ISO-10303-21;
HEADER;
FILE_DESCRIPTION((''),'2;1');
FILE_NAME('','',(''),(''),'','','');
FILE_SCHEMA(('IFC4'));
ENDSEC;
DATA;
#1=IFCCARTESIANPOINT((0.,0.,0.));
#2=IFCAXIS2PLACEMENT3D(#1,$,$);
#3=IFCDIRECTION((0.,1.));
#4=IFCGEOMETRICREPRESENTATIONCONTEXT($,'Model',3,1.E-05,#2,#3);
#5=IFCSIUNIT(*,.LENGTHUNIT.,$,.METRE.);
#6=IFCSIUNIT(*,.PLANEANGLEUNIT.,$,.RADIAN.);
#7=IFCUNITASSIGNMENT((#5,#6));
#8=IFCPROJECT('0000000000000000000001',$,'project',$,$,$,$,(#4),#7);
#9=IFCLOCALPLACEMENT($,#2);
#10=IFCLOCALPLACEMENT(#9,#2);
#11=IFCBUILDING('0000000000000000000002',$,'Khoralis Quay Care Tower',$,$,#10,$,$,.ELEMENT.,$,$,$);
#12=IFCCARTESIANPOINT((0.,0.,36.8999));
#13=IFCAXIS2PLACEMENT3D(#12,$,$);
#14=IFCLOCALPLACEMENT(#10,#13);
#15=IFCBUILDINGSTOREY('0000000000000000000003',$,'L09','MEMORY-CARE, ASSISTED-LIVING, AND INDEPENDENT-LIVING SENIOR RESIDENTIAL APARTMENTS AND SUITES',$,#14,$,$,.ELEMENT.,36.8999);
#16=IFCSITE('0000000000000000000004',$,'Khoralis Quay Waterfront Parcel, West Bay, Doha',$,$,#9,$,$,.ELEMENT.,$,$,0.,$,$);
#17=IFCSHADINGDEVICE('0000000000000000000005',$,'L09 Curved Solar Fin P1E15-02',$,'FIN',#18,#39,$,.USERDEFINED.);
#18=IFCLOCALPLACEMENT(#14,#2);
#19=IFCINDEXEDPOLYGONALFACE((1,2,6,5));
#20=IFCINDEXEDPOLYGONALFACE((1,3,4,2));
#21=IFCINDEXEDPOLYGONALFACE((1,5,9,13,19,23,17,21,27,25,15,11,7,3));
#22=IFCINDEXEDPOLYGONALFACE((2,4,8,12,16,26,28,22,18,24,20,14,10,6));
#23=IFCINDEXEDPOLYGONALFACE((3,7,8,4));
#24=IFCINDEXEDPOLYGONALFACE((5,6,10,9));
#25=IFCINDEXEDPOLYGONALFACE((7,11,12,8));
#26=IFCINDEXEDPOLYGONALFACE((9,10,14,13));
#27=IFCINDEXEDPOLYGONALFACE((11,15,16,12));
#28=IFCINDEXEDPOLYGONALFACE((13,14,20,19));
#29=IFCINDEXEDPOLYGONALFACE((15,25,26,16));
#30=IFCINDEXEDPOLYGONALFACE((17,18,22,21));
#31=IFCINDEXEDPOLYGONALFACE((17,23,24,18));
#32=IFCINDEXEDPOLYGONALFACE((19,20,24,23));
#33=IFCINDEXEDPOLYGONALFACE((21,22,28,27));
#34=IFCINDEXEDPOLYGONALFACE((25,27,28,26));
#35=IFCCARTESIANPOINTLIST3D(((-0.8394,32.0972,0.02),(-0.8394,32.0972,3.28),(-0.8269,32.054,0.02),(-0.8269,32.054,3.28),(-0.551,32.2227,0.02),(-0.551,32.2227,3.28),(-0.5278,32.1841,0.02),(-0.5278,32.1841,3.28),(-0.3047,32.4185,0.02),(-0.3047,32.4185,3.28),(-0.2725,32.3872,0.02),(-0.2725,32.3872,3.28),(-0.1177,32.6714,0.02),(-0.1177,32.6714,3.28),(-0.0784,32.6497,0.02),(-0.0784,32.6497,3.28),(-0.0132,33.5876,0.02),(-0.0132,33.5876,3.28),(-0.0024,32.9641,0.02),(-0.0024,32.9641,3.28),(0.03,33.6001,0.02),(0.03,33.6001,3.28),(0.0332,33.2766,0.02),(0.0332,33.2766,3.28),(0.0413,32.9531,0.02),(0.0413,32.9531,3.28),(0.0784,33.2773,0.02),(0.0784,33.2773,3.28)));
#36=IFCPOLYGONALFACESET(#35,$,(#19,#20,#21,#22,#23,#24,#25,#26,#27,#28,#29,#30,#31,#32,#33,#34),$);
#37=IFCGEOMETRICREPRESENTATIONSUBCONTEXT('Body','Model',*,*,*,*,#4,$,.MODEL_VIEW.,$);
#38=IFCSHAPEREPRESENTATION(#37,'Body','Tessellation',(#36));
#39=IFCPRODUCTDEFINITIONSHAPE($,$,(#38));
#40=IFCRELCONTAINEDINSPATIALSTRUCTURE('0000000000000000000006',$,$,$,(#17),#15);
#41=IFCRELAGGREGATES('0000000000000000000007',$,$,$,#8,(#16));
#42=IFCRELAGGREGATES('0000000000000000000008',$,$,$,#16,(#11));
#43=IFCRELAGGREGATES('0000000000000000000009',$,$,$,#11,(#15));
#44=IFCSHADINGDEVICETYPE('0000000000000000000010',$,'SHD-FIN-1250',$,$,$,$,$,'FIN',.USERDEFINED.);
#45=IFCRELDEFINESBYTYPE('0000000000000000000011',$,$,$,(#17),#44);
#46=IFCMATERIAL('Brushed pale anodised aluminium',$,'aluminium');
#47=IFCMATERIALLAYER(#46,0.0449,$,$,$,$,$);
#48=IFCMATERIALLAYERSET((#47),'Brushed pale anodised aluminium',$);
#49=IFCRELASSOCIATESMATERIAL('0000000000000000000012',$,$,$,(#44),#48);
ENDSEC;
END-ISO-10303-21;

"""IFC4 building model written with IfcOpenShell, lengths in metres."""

from ifc_helpers import new_model, si_unit, direction, frame, origin, place, context, subcontext, project, spatial, polyline, outline, extrude, source, transform, mapped, material, layer, layer_set, type_object, element, save


model = new_model("IFC4")

# Units and contexts
model_context = context("Model", 3, precision=1e-05, world=origin(), true_north=direction((0.0, 1.0)))
body_context = subcontext(model_context, "Body", "Model", "MODEL_VIEW")
ifc_project = project(units=[si_unit("LENGTHUNIT", "METRE"), si_unit("PLANEANGLEUNIT", "RADIAN")], contexts=[model_context])

# Site, building, storey
site_placement = place(None, origin())
site = spatial("IfcSite", under=ifc_project, at=site_placement, Name="Khoralis Quay Waterfront Parcel, West Bay, Doha", CompositionType="ELEMENT", RefElevation=0.0)
building_placement = place(site_placement, origin())
building = spatial("IfcBuilding", under=site, at=building_placement, Name="Khoralis Quay Care Tower", CompositionType="ELEMENT")
storey_placement = place(building_placement, frame((0.0, 0.0, 36.8999)))
storey = spatial("IfcBuildingStorey", under=building, at=storey_placement, Name="L09", Description="MEMORY-CARE, ASSISTED-LIVING, AND INDEPENDENT-LIVING SENIOR RESIDENTIAL APARTMENTS AND SUITES", CompositionType="ELEMENT", Elevation=36.8999)

# Shading device
ifc_material_1 = material(Name="Brushed pale anodised aluminium", Category="aluminium")
ifc_layer_1 = layer(ifc_material_1, 0.0449)
ifc_layer_set_1 = layer_set([ifc_layer_1], Name="Brushed pale anodised aluminium")
shading_device_type = type_object("IfcShadingDeviceType", Name="SHD-FIN-1250", ElementType="FIN", PredefinedType="USERDEFINED", material=ifc_layer_set_1)
shared_shape_1 = source(origin(), body_context, "Body", "SweptSolid", [
    extrude(outline(polyline([(0.0, 0.0), (-0.0483, 0.3228), (-0.0112, 0.647), (0.1084, 0.9504), (0.3025, 1.2129), (0.5579, 1.416), (0.8569, 1.5461), (0.8694, 1.5029), (0.5811, 1.3774), (0.3347, 1.1816), (0.1477, 0.9287), (0.0325, 0.636), (-0.0032, 0.3235), (0.0432, 0.0125), (0.0, 0.0)])), origin(), (0.0, 0.0, 1.0), 3.26),
])
shading_device_placement = place(storey_placement, frame((0.03, 33.6001, 0.02), z_axis=(0.0, 0.0, 1.0), x_axis=(-1.0, 0.0, 0.0)))
element("IfcShadingDevice", 1, at=shading_device_placement, inside=storey, type_object=shading_device_type, Name="L09 Curved Solar Fin P1E15-02", ObjectType="FIN", PredefinedType="USERDEFINED", context=body_context, shape_type="MappedRepresentation", body=[
    mapped(shared_shape_1, transform((0.0, 0.0, 0.0), scale=1.0)),
])

save(model, "model.ifc")
